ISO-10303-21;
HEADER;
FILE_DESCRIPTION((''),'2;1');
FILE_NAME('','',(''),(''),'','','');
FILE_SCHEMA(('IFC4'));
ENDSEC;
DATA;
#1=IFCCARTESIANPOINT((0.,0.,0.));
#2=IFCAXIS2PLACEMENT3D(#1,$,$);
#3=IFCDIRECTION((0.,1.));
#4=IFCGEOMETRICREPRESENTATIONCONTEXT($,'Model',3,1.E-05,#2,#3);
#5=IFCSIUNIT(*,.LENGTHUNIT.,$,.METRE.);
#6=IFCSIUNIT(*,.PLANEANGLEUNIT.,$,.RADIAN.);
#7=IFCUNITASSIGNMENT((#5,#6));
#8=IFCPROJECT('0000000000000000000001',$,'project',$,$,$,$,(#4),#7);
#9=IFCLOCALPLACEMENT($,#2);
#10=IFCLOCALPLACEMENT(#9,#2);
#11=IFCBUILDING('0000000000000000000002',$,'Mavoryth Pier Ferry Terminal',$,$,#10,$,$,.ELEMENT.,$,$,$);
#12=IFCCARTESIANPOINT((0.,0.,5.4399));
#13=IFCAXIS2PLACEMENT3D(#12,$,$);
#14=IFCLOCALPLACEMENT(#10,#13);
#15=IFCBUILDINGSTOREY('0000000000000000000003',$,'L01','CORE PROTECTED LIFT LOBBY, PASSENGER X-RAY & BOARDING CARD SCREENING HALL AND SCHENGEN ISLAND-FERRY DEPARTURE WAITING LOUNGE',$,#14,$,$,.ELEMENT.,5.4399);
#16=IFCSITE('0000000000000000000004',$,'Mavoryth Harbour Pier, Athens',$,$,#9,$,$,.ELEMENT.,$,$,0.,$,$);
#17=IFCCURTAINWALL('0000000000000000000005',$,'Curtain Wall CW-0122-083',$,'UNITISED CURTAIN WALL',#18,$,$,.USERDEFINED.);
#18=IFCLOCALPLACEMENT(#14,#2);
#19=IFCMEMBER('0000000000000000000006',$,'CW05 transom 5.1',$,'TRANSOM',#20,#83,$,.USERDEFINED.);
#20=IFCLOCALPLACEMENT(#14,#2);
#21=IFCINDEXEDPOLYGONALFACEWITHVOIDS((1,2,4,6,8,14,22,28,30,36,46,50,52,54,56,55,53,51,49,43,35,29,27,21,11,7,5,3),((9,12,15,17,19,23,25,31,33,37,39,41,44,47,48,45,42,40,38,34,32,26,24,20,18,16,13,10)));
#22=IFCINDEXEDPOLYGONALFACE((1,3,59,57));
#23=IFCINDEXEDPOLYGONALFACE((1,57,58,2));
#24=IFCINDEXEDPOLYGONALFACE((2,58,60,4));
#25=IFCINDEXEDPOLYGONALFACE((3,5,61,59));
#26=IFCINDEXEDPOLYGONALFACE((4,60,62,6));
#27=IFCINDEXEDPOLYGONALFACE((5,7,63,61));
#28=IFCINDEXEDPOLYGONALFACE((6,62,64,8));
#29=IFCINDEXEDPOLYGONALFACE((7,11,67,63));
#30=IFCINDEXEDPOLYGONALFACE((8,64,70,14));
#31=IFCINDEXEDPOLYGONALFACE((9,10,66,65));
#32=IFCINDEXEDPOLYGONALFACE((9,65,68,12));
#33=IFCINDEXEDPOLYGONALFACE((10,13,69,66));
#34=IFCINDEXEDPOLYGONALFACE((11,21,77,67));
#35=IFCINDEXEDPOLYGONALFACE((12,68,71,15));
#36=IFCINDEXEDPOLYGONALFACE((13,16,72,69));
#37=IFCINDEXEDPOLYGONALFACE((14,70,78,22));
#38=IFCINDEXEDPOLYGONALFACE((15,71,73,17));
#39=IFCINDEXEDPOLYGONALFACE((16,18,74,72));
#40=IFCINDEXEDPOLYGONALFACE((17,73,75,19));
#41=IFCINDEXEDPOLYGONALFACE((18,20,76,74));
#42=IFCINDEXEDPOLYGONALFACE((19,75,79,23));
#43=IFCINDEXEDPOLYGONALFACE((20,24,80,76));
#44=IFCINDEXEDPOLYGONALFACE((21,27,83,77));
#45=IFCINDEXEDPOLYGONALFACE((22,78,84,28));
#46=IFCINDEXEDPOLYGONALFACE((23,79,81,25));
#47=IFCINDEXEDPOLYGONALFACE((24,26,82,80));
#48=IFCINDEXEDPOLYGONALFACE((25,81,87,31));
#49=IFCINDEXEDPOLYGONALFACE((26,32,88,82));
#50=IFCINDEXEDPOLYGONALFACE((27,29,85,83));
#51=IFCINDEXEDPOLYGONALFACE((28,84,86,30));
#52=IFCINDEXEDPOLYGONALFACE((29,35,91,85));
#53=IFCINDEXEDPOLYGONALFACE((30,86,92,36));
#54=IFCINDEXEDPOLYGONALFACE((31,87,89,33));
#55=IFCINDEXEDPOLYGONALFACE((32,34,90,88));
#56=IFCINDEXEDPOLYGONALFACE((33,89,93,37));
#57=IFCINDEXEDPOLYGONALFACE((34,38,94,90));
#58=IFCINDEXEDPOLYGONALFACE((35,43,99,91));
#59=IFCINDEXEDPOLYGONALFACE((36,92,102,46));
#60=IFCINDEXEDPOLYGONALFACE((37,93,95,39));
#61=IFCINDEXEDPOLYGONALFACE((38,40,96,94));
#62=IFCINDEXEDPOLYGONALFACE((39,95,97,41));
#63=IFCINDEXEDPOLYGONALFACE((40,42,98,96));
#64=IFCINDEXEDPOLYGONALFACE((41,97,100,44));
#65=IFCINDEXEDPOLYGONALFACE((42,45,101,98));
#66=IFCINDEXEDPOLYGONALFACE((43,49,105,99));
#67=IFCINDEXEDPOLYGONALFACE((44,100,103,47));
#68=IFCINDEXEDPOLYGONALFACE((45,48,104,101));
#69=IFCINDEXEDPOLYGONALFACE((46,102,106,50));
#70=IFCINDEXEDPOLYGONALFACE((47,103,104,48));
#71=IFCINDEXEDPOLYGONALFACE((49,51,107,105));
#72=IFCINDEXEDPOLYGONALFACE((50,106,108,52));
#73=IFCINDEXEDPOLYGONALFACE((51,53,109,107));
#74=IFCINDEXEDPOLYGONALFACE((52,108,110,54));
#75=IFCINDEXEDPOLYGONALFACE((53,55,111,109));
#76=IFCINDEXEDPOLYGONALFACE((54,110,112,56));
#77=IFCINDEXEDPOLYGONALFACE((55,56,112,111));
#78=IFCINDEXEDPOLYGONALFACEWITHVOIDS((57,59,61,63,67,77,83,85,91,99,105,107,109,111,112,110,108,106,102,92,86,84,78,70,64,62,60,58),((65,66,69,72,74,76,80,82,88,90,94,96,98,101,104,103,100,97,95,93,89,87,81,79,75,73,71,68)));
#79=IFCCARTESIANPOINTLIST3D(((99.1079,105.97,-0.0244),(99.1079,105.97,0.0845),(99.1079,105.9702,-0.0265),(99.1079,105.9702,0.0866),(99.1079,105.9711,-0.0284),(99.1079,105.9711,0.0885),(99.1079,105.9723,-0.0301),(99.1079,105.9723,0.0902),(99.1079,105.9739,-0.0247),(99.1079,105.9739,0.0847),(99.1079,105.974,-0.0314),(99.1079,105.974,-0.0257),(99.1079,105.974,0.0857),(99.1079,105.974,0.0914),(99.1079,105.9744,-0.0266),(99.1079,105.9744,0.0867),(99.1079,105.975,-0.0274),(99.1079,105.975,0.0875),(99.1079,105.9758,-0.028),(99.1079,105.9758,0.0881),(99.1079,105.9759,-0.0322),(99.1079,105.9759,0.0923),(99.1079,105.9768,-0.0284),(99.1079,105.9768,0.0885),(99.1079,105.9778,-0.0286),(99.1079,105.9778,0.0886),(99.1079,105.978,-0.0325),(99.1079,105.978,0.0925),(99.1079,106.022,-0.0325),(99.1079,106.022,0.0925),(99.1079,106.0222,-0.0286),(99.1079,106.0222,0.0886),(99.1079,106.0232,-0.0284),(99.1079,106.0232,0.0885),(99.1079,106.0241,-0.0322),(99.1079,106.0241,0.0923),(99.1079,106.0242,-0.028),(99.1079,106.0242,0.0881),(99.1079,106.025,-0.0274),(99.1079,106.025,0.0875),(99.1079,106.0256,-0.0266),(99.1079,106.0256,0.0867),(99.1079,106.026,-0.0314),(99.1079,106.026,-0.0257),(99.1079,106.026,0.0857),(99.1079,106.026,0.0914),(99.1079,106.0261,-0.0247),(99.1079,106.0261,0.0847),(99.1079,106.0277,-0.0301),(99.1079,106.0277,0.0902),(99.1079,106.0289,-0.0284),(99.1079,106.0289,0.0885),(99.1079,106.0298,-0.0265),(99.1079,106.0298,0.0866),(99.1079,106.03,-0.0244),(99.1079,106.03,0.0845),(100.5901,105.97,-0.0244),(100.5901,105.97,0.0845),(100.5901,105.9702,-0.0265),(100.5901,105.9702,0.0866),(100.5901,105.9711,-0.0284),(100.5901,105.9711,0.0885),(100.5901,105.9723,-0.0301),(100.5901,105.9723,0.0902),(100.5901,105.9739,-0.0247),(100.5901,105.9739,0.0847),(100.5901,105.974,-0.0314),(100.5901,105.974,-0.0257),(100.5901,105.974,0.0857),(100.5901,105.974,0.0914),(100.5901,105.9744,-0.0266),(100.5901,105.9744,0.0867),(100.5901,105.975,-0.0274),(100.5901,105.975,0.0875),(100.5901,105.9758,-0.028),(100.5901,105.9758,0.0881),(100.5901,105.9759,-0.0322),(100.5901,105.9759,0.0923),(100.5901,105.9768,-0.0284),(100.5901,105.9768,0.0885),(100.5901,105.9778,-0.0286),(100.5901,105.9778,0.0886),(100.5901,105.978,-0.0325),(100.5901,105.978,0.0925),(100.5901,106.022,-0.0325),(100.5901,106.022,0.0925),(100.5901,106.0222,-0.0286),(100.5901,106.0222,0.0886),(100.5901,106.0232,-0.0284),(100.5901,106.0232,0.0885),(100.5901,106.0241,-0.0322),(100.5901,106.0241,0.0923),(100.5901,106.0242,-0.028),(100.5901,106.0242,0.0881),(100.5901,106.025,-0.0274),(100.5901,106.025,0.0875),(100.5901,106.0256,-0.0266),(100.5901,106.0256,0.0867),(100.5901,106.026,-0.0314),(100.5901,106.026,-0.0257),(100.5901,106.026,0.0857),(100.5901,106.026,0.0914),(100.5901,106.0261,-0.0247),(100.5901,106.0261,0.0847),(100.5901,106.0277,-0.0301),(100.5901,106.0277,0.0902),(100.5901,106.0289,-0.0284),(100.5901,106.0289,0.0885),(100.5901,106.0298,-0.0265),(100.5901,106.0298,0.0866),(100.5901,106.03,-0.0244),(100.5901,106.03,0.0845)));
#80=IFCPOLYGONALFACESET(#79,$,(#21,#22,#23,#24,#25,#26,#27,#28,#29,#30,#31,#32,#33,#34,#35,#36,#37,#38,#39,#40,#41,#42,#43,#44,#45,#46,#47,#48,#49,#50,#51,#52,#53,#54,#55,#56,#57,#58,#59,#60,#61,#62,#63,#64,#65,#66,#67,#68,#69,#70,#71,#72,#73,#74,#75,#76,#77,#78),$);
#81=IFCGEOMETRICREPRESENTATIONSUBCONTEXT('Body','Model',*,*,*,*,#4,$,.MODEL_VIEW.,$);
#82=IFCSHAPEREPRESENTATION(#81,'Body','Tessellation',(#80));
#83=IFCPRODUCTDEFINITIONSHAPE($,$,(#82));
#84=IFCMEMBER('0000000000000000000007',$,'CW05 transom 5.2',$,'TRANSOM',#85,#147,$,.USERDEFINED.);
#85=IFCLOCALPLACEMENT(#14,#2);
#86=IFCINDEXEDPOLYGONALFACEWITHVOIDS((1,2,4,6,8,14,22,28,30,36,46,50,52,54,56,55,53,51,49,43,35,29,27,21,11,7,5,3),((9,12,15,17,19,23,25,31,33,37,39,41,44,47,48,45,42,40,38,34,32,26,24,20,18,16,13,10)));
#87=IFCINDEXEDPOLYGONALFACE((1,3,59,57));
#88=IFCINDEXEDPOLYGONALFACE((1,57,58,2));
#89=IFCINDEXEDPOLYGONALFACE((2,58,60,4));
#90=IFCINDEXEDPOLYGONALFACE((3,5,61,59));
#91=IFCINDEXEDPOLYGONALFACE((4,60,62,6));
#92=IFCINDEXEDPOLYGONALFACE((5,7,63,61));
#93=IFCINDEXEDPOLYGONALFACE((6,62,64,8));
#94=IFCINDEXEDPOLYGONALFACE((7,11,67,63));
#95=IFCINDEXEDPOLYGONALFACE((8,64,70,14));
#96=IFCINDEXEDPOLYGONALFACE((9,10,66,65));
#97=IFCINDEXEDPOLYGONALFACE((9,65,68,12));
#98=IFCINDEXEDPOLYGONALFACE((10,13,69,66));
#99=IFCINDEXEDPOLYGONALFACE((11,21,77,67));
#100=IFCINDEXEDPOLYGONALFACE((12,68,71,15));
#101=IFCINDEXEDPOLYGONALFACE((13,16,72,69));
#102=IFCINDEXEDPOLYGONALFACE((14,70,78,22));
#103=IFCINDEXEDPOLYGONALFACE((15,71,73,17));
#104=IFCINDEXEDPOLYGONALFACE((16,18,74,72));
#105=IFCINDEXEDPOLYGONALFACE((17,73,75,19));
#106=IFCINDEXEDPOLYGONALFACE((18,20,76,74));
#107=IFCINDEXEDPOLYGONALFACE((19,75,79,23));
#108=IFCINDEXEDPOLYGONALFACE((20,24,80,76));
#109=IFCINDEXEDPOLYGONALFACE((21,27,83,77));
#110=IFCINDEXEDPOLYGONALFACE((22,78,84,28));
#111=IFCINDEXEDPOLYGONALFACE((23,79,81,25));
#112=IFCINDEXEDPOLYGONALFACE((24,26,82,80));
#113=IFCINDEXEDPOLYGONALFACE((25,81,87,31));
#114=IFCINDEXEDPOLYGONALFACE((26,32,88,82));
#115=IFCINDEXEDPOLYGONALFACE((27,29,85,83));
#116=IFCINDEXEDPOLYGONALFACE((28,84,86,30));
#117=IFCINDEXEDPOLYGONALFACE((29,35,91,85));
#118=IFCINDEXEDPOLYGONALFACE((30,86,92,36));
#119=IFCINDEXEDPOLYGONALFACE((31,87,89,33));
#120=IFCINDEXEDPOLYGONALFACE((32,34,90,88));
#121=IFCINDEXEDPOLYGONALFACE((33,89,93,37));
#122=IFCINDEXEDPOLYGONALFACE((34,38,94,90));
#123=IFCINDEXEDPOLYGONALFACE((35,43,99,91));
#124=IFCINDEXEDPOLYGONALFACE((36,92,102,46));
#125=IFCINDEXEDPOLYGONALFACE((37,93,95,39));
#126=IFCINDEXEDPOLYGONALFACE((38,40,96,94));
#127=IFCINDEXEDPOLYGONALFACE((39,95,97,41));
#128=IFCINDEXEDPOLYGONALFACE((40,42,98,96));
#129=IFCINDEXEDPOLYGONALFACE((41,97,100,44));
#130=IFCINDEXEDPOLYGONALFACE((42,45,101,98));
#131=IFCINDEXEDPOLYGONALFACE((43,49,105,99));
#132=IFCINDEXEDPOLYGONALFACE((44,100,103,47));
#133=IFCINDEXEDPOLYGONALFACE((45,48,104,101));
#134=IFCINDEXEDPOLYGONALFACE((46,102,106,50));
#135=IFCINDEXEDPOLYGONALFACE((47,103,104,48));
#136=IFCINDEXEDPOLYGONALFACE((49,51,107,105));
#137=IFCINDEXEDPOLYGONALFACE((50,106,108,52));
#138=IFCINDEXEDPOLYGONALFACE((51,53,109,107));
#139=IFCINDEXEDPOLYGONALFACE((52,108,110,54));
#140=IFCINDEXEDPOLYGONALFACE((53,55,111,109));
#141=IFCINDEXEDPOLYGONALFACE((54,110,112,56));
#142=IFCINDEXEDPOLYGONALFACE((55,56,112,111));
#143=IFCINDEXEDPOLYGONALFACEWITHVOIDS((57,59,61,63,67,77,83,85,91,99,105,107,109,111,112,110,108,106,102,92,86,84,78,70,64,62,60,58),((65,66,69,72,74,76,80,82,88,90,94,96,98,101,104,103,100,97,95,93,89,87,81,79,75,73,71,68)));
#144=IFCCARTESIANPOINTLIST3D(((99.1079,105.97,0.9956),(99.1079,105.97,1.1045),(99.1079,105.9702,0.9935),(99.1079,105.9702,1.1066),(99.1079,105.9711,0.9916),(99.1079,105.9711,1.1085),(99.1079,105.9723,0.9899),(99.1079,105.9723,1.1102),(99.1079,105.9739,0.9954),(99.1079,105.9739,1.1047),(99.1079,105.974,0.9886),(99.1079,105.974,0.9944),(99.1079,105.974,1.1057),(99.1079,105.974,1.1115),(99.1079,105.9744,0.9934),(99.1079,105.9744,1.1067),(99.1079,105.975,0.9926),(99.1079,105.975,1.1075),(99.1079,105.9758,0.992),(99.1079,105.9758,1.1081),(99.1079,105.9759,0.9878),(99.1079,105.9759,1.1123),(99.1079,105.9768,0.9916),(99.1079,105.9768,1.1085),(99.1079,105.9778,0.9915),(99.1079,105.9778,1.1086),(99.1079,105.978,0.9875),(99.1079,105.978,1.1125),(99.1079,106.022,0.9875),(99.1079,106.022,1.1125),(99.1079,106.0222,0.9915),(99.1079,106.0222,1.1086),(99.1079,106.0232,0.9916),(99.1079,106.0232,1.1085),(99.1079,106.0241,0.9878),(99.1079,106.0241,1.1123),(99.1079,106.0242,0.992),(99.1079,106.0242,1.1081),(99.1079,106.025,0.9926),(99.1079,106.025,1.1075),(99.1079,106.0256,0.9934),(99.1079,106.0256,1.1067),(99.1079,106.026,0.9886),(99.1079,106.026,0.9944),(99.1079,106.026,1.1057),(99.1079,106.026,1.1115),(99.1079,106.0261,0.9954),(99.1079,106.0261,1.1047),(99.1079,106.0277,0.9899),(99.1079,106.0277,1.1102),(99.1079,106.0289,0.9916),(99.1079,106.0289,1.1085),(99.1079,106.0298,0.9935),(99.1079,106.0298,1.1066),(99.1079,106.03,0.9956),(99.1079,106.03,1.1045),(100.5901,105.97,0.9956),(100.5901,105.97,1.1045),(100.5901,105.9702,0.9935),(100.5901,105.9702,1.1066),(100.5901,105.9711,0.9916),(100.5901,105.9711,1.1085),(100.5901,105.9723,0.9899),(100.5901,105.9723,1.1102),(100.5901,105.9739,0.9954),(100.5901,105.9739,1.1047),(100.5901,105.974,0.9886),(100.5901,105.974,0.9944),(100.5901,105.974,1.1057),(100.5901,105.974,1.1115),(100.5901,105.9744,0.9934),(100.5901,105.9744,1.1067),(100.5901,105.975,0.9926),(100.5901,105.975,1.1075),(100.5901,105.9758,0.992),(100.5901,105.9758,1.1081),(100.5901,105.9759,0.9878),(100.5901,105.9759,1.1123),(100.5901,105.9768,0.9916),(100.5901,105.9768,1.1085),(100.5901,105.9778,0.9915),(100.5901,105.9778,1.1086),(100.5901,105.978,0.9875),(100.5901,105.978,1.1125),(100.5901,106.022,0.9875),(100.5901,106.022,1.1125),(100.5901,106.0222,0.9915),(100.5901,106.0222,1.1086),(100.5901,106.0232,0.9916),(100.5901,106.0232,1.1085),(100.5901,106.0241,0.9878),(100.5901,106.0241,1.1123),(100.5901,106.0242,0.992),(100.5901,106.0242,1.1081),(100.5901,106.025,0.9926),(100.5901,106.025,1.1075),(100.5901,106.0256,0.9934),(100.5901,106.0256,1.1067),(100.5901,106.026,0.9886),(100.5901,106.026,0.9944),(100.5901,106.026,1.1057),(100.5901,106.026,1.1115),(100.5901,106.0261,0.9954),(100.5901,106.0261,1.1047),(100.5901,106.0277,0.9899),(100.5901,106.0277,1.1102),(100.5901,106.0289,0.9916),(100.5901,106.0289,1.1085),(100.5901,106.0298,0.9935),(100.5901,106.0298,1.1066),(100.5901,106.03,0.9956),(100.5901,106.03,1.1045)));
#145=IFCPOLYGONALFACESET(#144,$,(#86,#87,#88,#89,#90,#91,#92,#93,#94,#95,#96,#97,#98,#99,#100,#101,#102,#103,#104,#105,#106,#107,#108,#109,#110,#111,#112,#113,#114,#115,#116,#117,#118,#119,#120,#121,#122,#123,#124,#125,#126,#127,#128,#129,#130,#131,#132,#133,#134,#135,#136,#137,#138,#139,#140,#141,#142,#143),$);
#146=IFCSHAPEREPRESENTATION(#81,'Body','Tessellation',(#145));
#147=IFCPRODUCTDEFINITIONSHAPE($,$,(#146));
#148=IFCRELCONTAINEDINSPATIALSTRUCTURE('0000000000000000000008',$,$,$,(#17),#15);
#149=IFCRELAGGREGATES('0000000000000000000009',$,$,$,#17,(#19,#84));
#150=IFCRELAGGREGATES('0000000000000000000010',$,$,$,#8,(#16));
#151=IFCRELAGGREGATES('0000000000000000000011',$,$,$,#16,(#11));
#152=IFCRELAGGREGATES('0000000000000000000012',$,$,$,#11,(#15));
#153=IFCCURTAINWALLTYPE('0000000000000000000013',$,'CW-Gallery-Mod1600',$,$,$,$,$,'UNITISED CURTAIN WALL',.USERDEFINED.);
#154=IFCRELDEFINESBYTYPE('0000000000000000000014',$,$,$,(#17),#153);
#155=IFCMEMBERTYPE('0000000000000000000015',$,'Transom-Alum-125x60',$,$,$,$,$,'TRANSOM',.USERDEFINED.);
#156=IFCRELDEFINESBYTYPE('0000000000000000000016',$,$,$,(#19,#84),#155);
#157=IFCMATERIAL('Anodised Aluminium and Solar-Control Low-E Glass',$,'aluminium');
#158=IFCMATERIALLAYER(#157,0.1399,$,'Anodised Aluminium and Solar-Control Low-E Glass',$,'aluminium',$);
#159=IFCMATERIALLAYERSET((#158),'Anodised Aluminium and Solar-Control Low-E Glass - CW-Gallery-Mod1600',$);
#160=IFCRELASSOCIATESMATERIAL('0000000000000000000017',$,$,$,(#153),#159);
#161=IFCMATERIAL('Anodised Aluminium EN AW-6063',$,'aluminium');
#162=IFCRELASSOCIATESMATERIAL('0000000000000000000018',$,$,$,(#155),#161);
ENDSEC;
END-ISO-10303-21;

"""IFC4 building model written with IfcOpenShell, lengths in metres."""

from ifc_helpers import new_model, si_unit, direction, frame, origin, origin_2d, place, context, subcontext, project, spatial, hollow_rectangle, extrude, material, layer, layer_set, material_profile, profile_set, type_object, element, aggregate, save


model = new_model("IFC4")

# Units and contexts
model_context = context("Model", 3, precision=1e-05, world=origin(), true_north=direction((0.0, 1.0)))
body_context = subcontext(model_context, "Body", "Model", "MODEL_VIEW")
ifc_project = project(units=[si_unit("LENGTHUNIT", "METRE"), si_unit("PLANEANGLEUNIT", "RADIAN")], contexts=[model_context])

# Site, building, storey
site_placement = place(None, origin())
site = spatial("IfcSite", under=ifc_project, at=site_placement, Name="Mavoryth Harbour Pier, Athens", CompositionType="ELEMENT", RefElevation=0.0)
building_placement = place(site_placement, origin())
building = spatial("IfcBuilding", under=site, at=building_placement, Name="Mavoryth Pier Ferry Terminal", CompositionType="ELEMENT")
storey_placement = place(building_placement, frame((0.0, 0.0, 5.4399)))
storey = spatial("IfcBuildingStorey", under=building, at=storey_placement, Name="L01", Description="CORE PROTECTED LIFT LOBBY, PASSENGER X-RAY & BOARDING CARD SCREENING HALL AND SCHENGEN ISLAND-FERRY DEPARTURE WAITING LOUNGE", CompositionType="ELEMENT", Elevation=5.4399)

# Curtain wall
ifc_material_1 = material(Name="Anodised Aluminium and Solar-Control Low-E Glass", Category="aluminium")
ifc_layer_1 = layer(ifc_material_1, 0.1399, Name="Anodised Aluminium and Solar-Control Low-E Glass", Category="aluminium")
ifc_layer_set_1 = layer_set([ifc_layer_1], Name="Anodised Aluminium and Solar-Control Low-E Glass - CW-Gallery-Mod1600")
curtain_wall_type = type_object("IfcCurtainWallType", Name="CW-Gallery-Mod1600", ElementType="UNITISED CURTAIN WALL", PredefinedType="USERDEFINED", material=ifc_layer_set_1)
curtain_wall_1_placement = place(storey_placement, origin())
curtain_wall_1 = element("IfcCurtainWall", 1, at=curtain_wall_1_placement, inside=storey, type_object=curtain_wall_type, Name="Curtain Wall CW-0122-083", ObjectType="UNITISED CURTAIN WALL", PredefinedType="USERDEFINED")
ifc_material_2 = material(Name="Anodised Aluminium EN AW-6063", Category="aluminium")

# Members
ifc_material_profile_1 = material_profile(ifc_material_2, hollow_rectangle(XDim=0.0601, YDim=0.125, WallThickness=0.0039, InnerFilletRadius=0.0039, OuterFilletRadius=0.0081, at=origin_2d()), Name="AL-TRAN 125x60x4", Category="aluminium")
ifc_profile_set_1 = profile_set([ifc_material_profile_1], Name="Anodised Aluminium EN AW-6063 - AL-TRAN 125x60x4")
member_type_1 = type_object("IfcMemberType", Name="Transom-Alum-125x60", ElementType="TRANSOM", PredefinedType="USERDEFINED", material=ifc_profile_set_1)
member_1_placement = place(storey_placement, frame((99.1079, 106.0, 0.03), z_axis=(1.0, 0.0, 0.0), x_axis=(0.0, 1.0, 0.0)))
member_1 = element("IfcMember", 2, at=member_1_placement, type_object=member_type_1, Name="CW05 transom 5.1", ObjectType="TRANSOM", PredefinedType="USERDEFINED", context=body_context, shape_type="SweptSolid", body=[
    extrude(hollow_rectangle(XDim=0.0601, YDim=0.125, WallThickness=0.0039, InnerFilletRadius=0.0039, OuterFilletRadius=0.0081, at=origin_2d()), origin(), (0.0, 0.0, 1.0), 1.4822),
])
member_2_placement = place(storey_placement, frame((99.1079, 106.0, 1.05), z_axis=(1.0, 0.0, 0.0), x_axis=(0.0, 1.0, 0.0)))
member_2 = element("IfcMember", 3, at=member_2_placement, type_object=member_type_1, Name="CW05 transom 5.2", ObjectType="TRANSOM", PredefinedType="USERDEFINED", context=body_context, shape_type="SweptSolid", body=[
    extrude(hollow_rectangle(XDim=0.0601, YDim=0.125, WallThickness=0.0039, InnerFilletRadius=0.0039, OuterFilletRadius=0.0081, at=origin_2d()), origin(), (0.0, 0.0, 1.0), 1.4822),
])

aggregate(curtain_wall_1, [member_1, member_2])

save(model, "model.ifc")
